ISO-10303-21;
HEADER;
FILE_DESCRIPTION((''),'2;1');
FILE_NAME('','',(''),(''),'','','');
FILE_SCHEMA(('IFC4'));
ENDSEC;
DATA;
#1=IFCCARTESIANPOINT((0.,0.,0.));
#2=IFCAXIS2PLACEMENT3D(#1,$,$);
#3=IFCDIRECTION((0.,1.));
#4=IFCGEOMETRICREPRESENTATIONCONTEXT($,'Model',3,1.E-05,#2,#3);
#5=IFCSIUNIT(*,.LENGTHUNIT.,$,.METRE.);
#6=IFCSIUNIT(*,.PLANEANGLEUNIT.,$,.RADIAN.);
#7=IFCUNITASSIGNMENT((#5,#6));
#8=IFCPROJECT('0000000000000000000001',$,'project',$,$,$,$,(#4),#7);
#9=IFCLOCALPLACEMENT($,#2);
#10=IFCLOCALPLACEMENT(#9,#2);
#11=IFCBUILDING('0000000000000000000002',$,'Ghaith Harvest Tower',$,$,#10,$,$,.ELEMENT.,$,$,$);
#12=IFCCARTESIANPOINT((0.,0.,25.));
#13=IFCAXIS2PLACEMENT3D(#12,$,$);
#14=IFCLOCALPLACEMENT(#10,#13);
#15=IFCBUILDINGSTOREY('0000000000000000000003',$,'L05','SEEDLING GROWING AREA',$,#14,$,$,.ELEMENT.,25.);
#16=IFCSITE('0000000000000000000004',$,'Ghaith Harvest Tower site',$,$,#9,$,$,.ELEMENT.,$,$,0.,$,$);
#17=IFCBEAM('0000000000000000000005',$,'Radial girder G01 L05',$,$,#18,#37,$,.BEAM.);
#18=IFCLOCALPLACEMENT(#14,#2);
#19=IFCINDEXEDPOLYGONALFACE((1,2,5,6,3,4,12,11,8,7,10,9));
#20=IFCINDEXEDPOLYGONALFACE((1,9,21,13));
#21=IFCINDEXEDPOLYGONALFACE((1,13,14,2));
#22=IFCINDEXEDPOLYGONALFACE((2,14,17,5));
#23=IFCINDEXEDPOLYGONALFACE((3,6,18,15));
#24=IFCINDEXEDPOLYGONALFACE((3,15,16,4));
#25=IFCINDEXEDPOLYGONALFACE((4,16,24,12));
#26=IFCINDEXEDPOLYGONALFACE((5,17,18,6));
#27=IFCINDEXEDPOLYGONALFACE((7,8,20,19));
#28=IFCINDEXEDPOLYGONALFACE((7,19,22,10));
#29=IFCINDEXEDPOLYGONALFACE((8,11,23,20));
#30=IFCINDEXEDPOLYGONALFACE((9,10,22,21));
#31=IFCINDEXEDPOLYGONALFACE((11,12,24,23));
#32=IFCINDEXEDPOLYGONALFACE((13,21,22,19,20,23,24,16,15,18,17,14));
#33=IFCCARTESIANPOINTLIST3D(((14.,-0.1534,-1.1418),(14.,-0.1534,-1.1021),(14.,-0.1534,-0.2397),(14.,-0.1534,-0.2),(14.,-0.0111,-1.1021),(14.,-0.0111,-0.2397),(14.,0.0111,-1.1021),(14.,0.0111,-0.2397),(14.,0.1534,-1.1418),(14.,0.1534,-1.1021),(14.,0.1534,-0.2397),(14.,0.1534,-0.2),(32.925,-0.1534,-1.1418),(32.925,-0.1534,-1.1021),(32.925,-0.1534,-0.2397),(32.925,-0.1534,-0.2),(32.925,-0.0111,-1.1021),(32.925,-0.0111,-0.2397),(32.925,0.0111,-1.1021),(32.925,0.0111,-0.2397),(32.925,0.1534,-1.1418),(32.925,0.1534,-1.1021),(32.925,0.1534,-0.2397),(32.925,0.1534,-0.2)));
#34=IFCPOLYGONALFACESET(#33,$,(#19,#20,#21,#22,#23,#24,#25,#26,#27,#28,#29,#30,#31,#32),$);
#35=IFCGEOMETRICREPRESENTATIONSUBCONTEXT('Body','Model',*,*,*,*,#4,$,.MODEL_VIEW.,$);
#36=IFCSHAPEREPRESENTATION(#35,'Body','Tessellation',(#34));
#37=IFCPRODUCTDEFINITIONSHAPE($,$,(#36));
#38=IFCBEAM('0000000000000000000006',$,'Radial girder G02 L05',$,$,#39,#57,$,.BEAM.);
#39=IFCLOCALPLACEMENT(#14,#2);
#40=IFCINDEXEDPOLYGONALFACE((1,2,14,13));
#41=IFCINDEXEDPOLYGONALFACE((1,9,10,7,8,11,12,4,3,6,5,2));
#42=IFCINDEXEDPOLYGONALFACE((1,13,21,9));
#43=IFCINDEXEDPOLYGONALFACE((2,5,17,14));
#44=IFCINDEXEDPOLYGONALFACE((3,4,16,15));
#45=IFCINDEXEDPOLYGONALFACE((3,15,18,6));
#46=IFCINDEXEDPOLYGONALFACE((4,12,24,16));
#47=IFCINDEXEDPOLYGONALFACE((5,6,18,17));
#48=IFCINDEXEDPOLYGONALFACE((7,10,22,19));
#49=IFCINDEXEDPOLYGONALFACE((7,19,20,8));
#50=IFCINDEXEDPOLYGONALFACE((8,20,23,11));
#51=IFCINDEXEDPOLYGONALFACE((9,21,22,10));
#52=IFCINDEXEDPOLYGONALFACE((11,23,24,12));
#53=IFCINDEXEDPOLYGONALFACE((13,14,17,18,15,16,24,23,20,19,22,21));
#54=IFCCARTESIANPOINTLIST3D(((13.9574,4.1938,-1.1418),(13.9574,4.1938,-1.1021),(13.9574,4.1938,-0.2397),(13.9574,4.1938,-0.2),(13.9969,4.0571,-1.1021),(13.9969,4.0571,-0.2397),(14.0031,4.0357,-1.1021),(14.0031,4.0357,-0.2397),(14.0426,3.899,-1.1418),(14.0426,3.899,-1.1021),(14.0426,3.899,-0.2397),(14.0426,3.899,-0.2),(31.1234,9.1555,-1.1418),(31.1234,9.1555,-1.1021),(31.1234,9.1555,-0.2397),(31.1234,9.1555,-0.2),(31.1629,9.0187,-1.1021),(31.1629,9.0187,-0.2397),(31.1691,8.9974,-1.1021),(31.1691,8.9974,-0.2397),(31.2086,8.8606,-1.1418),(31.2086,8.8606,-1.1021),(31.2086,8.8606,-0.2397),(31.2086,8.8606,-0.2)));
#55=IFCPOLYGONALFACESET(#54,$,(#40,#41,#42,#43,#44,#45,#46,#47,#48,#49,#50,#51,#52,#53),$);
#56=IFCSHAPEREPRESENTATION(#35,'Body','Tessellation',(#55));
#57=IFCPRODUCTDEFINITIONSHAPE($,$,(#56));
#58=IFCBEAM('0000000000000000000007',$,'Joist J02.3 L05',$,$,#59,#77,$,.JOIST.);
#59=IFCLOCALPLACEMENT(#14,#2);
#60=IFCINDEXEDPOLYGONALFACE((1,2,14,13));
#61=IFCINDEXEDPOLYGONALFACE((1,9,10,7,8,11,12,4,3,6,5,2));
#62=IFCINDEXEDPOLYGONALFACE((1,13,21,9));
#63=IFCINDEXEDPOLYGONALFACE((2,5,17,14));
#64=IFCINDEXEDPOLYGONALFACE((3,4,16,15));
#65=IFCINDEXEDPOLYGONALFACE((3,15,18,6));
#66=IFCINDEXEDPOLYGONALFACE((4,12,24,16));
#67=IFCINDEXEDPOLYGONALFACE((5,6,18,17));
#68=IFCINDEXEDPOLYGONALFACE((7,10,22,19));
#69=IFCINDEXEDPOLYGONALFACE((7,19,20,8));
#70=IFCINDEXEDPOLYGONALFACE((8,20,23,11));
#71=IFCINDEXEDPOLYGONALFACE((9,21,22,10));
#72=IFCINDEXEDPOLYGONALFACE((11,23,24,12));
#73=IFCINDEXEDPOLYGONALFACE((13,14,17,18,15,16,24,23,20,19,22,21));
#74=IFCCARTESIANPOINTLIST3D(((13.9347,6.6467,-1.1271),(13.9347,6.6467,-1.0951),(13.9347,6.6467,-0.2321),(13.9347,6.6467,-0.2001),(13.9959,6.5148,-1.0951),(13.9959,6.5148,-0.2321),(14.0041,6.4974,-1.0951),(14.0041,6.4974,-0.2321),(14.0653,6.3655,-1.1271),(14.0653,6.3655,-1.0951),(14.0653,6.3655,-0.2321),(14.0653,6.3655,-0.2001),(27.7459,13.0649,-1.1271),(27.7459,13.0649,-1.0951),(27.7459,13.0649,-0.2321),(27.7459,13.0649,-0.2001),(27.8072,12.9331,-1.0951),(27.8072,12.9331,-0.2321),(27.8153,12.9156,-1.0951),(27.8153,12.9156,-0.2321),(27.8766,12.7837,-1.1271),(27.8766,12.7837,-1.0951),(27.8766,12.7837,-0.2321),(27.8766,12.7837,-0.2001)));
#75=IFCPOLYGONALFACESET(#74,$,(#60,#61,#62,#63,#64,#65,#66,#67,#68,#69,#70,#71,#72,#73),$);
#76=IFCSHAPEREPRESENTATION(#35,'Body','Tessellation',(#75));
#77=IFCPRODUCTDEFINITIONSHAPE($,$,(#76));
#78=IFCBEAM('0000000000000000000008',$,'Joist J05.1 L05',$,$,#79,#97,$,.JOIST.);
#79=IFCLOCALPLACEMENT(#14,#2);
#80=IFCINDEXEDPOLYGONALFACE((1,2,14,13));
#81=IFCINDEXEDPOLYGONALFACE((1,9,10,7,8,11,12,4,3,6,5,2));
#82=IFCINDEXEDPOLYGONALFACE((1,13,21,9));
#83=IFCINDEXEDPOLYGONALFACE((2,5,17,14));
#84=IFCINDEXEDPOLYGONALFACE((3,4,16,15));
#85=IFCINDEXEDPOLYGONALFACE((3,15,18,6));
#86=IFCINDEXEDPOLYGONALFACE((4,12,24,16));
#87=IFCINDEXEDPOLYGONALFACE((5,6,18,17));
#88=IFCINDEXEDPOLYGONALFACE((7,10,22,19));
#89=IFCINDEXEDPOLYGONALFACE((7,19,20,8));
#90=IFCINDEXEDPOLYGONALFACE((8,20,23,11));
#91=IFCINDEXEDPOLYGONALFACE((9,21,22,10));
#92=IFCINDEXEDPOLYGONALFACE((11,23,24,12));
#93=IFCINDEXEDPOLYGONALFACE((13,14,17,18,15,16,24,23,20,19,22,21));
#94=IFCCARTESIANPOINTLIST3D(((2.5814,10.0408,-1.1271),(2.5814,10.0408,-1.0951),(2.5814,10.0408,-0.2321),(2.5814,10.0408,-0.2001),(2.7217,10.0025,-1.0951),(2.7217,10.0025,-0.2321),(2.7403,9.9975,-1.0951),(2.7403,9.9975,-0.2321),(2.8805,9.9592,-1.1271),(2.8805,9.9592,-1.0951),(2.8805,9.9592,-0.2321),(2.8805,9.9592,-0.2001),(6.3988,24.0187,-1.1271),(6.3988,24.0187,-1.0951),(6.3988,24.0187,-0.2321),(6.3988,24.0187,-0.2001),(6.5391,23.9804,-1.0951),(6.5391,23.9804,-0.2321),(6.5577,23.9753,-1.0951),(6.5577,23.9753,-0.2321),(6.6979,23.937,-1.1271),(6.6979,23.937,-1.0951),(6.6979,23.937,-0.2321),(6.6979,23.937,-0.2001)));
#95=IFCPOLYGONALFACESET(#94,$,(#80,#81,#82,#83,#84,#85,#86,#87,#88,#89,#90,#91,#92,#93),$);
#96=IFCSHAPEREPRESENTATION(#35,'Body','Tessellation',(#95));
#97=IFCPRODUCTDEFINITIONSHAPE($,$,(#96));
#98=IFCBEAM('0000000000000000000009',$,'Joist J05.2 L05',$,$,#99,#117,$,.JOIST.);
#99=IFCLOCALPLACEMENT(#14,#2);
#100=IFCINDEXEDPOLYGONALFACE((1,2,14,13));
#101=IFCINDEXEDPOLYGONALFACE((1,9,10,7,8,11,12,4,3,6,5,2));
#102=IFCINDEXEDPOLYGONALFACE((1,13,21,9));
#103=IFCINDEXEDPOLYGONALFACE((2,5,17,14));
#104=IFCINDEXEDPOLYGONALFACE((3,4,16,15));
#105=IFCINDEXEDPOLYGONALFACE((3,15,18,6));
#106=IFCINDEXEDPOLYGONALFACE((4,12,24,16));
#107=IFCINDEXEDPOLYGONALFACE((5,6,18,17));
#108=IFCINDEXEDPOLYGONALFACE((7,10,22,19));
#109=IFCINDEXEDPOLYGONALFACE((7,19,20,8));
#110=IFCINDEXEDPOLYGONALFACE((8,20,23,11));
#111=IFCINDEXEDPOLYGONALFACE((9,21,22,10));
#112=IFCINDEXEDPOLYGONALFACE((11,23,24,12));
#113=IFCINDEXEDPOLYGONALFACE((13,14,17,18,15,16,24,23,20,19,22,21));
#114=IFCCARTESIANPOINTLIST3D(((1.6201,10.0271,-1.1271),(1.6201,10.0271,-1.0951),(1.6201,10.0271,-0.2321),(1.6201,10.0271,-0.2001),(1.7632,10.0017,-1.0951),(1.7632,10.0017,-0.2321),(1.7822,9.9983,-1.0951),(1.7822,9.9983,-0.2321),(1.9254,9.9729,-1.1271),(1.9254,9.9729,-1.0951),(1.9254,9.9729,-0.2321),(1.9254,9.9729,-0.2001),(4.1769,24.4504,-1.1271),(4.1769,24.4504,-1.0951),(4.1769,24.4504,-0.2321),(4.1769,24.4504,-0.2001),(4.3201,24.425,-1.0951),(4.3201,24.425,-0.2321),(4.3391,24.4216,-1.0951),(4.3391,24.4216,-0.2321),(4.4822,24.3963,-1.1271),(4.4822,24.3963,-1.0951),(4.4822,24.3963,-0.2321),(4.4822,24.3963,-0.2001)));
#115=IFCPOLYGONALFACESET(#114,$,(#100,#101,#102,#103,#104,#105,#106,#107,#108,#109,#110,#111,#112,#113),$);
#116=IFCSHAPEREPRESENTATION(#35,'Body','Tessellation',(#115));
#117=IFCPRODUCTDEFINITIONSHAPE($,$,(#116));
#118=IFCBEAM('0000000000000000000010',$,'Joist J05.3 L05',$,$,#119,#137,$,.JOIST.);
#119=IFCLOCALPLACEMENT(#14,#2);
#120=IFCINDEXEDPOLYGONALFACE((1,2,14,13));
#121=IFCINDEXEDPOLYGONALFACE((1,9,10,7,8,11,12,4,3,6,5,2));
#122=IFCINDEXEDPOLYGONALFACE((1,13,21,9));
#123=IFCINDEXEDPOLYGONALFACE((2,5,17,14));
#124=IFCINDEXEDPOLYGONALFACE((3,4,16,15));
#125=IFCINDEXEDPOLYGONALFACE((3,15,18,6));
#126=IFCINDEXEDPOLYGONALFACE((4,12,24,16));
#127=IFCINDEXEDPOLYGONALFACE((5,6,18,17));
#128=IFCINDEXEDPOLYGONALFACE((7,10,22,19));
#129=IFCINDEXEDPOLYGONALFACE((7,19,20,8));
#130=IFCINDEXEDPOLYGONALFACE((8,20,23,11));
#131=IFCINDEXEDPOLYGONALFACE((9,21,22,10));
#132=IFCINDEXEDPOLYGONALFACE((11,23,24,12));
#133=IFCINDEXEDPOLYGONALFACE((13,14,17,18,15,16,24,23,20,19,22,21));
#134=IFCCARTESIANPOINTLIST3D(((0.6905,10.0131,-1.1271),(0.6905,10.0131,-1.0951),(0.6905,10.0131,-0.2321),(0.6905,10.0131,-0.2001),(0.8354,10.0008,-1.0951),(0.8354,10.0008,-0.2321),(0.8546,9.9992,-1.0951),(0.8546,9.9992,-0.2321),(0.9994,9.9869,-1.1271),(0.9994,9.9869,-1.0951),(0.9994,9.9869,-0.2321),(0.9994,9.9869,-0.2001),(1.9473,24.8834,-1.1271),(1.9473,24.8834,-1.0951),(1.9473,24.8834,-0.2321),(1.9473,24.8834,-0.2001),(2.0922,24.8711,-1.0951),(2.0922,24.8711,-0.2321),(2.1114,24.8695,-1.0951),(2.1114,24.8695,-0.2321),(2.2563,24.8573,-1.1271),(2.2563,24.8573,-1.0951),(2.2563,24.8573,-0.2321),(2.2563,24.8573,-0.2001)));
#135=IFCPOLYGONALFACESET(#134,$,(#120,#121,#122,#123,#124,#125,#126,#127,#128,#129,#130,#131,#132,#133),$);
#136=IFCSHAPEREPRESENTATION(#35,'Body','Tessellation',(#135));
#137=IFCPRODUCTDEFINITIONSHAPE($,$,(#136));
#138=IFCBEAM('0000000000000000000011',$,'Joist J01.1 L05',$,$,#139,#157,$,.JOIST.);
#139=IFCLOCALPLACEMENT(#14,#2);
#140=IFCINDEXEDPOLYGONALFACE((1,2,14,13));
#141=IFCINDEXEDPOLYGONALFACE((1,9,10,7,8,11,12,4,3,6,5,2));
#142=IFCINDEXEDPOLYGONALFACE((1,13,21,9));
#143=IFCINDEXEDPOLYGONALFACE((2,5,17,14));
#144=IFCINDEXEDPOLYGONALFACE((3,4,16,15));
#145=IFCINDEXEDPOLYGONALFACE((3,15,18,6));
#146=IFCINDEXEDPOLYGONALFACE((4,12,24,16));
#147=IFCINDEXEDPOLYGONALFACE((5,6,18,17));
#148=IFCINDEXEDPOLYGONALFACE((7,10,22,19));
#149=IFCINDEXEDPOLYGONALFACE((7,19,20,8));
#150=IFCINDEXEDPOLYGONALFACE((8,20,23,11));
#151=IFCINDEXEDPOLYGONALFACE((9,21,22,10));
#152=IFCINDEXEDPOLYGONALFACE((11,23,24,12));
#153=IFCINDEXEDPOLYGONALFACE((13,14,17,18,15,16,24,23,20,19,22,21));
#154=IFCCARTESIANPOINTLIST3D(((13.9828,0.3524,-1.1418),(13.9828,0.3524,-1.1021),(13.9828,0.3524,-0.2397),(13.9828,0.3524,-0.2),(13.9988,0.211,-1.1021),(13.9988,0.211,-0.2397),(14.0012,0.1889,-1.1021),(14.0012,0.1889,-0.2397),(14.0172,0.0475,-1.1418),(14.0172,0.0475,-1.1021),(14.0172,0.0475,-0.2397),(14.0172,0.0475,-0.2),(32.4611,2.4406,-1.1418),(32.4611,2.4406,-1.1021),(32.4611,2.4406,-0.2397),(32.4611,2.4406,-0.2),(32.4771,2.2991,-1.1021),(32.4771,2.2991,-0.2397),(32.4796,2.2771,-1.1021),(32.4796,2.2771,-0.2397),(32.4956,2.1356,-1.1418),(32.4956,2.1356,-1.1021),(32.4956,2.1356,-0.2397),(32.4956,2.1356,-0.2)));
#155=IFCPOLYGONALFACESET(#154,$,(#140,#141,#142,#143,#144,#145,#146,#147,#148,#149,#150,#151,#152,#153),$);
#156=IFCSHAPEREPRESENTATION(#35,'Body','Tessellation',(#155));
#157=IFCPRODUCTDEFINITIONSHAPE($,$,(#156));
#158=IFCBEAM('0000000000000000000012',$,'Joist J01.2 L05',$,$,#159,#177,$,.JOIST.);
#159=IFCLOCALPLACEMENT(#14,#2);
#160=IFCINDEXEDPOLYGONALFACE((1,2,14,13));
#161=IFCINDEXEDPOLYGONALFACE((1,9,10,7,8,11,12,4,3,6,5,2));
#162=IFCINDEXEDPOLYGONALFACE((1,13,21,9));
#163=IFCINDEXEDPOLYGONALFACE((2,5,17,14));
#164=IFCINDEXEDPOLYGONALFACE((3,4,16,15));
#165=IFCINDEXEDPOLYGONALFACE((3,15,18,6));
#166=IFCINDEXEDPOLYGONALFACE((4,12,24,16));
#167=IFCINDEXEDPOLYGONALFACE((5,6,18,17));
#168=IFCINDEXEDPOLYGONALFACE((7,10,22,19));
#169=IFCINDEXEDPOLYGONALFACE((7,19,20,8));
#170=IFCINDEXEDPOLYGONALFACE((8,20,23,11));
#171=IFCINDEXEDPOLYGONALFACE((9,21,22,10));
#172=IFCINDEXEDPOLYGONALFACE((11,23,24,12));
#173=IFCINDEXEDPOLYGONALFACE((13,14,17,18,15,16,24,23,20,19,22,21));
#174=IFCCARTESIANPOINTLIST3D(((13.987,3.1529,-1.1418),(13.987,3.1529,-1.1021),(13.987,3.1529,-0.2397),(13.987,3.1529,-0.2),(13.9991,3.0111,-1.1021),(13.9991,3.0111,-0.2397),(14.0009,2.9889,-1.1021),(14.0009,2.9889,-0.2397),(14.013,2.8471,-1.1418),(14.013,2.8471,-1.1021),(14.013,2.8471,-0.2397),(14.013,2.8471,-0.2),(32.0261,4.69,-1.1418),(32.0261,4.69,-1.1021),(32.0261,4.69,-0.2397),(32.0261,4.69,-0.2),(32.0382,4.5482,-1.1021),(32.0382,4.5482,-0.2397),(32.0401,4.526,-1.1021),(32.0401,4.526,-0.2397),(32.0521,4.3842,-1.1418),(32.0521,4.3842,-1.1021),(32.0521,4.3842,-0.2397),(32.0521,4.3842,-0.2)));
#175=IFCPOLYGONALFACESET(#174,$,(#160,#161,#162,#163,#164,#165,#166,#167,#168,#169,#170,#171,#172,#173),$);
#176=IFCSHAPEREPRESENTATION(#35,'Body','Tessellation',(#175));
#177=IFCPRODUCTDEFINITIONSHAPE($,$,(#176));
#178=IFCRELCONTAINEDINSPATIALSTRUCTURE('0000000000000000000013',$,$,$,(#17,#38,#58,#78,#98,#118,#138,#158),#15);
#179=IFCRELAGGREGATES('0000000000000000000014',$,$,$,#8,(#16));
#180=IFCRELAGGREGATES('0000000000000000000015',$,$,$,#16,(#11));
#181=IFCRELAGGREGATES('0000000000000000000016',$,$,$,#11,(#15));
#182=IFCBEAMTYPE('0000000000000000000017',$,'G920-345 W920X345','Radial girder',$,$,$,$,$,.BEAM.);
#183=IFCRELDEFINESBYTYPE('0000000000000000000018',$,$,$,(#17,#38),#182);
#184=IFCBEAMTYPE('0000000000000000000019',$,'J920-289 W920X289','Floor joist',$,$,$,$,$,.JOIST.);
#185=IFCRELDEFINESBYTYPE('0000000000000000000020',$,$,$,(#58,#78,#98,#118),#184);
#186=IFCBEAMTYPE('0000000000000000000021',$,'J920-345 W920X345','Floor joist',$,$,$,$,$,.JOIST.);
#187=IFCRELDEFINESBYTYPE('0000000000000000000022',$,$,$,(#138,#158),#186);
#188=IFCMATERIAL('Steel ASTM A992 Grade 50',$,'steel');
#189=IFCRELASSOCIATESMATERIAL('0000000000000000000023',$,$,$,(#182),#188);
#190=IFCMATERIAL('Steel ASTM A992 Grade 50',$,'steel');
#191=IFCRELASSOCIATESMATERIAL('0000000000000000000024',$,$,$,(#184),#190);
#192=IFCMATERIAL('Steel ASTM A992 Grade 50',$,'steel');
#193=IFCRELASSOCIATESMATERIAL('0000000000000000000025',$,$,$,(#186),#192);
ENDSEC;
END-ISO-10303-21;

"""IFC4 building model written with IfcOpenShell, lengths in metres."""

from ifc_helpers import new_model, si_unit, direction, frame, origin, origin_2d, place, context, subcontext, project, spatial, i_section, extrude, material, material_profile, profile_set, type_object, element, save


model = new_model("IFC4")

# Units and contexts
model_context = context("Model", 3, precision=1e-05, world=origin(), true_north=direction((0.0, 1.0)))
body_context = subcontext(model_context, "Body", "Model", "MODEL_VIEW")
ifc_project = project(units=[si_unit("LENGTHUNIT", "METRE"), si_unit("PLANEANGLEUNIT", "RADIAN")], contexts=[model_context])

# Site, building, storey
site_placement = place(None, origin())
site = spatial("IfcSite", under=ifc_project, at=site_placement, Name="Ghaith Harvest Tower site", CompositionType="ELEMENT", RefElevation=0.0)
building_placement = place(site_placement, origin())
building = spatial("IfcBuilding", under=site, at=building_placement, Name="Ghaith Harvest Tower", CompositionType="ELEMENT")
storey_placement = place(building_placement, frame((0.0, 0.0, 25.0)))
storey = spatial("IfcBuildingStorey", under=building, at=storey_placement, Name="L05", Description="SEEDLING GROWING AREA", CompositionType="ELEMENT", Elevation=25.0)

# Beams
ifc_material_1 = material(Name="Steel ASTM A992 Grade 50", Category="steel")
ifc_material_profile_1 = material_profile(ifc_material_1, i_section(OverallWidth=0.3069, OverallDepth=0.9419, WebThickness=0.0222, FlangeThickness=0.0398, at=origin_2d()), Name="W920X345")
ifc_profile_set_1 = profile_set([ifc_material_profile_1], Name="Steel ASTM A992 Grade 50")
beam_type_1 = type_object("IfcBeamType", Name="G920-345 W920X345", Description="Radial girder", PredefinedType="BEAM", material=ifc_profile_set_1)
beam_1_placement = place(storey_placement, frame((14.0, 0.0, -0.6709), z_axis=(1.0, 0.0, 0.0), x_axis=(0.0, 1.0, 0.0)))
element("IfcBeam", 1, at=beam_1_placement, inside=storey, type_object=beam_type_1, Name="Radial girder G01 L05", PredefinedType="BEAM", context=body_context, shape_type="SweptSolid", body=[
    extrude(i_section(OverallWidth=0.3069, OverallDepth=0.9419, WebThickness=0.0222, FlangeThickness=0.0398, at=origin_2d()), origin(), (0.0, 0.0, 1.0), 18.925),
])
beam_2_placement = place(storey_placement, frame((14.0, 4.0464, -0.6709), z_axis=(0.960675, 0.277674, 0.0), x_axis=(-0.277674, 0.960675, 0.0)))
element("IfcBeam", 2, at=beam_2_placement, inside=storey, type_object=beam_type_1, Name="Radial girder G02 L05", PredefinedType="BEAM", context=body_context, shape_type="SweptSolid", body=[
    extrude(i_section(OverallWidth=0.3069, OverallDepth=0.9419, WebThickness=0.0222, FlangeThickness=0.0398, at=origin_2d()), origin(), (0.0, 0.0, 1.0), 17.8687),
])
ifc_material_2 = material(Name="Steel ASTM A992 Grade 50", Category="steel")
ifc_material_profile_2 = material_profile(ifc_material_2, i_section(OverallWidth=0.3101, OverallDepth=0.927, WebThickness=0.0193, FlangeThickness=0.032, at=origin_2d()), Name="W920X289")
ifc_profile_set_2 = profile_set([ifc_material_profile_2], Name="Steel ASTM A992 Grade 50")
beam_type_2 = type_object("IfcBeamType", Name="J920-289 W920X289", Description="Floor joist", PredefinedType="JOIST", material=ifc_profile_set_2)
beam_3_placement = place(storey_placement, frame((14.0, 6.5061, -0.6636), z_axis=(0.906863, 0.421426, 0.0), x_axis=(-0.421426, 0.906863, 0.0)))
element("IfcBeam", 3, at=beam_3_placement, inside=storey, type_object=beam_type_2, Name="Joist J02.3 L05", PredefinedType="JOIST", context=body_context, shape_type="SweptSolid", body=[
    extrude(i_section(OverallWidth=0.3101, OverallDepth=0.927, WebThickness=0.0193, FlangeThickness=0.032, at=origin_2d()), origin(), (0.0, 0.0, 1.0), 15.2297),
])
beam_4_placement = place(storey_placement, frame((2.731, 10.0, -0.6636), z_axis=(0.263455, 0.964672, 0.0), x_axis=(-0.964672, 0.263455, 0.0)))
element("IfcBeam", 4, at=beam_4_placement, inside=storey, type_object=beam_type_2, Name="Joist J05.1 L05", PredefinedType="JOIST", context=body_context, shape_type="SweptSolid", body=[
    extrude(i_section(OverallWidth=0.3101, OverallDepth=0.927, WebThickness=0.0193, FlangeThickness=0.032, at=origin_2d()), origin(), (0.0, 0.0, 1.0), 14.4897),
])
beam_5_placement = place(storey_placement, frame((1.7727, 10.0, -0.6636), z_axis=(0.174553, 0.984648, 0.0), x_axis=(-0.984648, 0.174553, 0.0)))
element("IfcBeam", 5, at=beam_5_placement, inside=storey, type_object=beam_type_2, Name="Joist J05.2 L05", PredefinedType="JOIST", context=body_context, shape_type="SweptSolid", body=[
    extrude(i_section(OverallWidth=0.3101, OverallDepth=0.927, WebThickness=0.0193, FlangeThickness=0.032, at=origin_2d()), origin(), (0.0, 0.0, 1.0), 14.6482),
])
beam_6_placement = place(storey_placement, frame((0.845, 10.0, -0.6636), z_axis=(0.084219, 0.996447, 0.0), x_axis=(-0.996447, 0.084219, 0.0)))
element("IfcBeam", 6, at=beam_6_placement, inside=storey, type_object=beam_type_2, Name="Joist J05.3 L05", PredefinedType="JOIST", context=body_context, shape_type="SweptSolid", body=[
    extrude(i_section(OverallWidth=0.3101, OverallDepth=0.927, WebThickness=0.0193, FlangeThickness=0.032, at=origin_2d()), origin(), (0.0, 0.0, 1.0), 14.9233),
])
ifc_material_3 = material(Name="Steel ASTM A992 Grade 50", Category="steel")
ifc_material_profile_3 = material_profile(ifc_material_3, i_section(OverallWidth=0.3069, OverallDepth=0.9419, WebThickness=0.0222, FlangeThickness=0.0398, at=origin_2d()), Name="W920X345")
ifc_profile_set_3 = profile_set([ifc_material_profile_3], Name="Steel ASTM A992 Grade 50")
beam_type_3 = type_object("IfcBeamType", Name="J920-345 W920X345", Description="Floor joist", PredefinedType="JOIST", material=ifc_profile_set_3)
beam_7_placement = place(storey_placement, frame((14.0, 0.2, -0.6709), z_axis=(0.993675, 0.11229, 0.0), x_axis=(-0.11229, 0.993675, 0.0)))
element("IfcBeam", 7, at=beam_7_placement, inside=storey, type_object=beam_type_3, Name="Joist J01.1 L05", PredefinedType="JOIST", context=body_context, shape_type="SweptSolid", body=[
    extrude(i_section(OverallWidth=0.3069, OverallDepth=0.9419, WebThickness=0.0222, FlangeThickness=0.0398, at=origin_2d()), origin(), (0.0, 0.0, 1.0), 18.5959),
])
beam_8_placement = place(storey_placement, frame((14.0, 3.0, -0.6709), z_axis=(0.996389, 0.084902, 0.0), x_axis=(-0.084902, 0.996389, 0.0)))
element("IfcBeam", 8, at=beam_8_placement, inside=storey, type_object=beam_type_3, Name="Joist J01.2 L05", PredefinedType="JOIST", context=body_context, shape_type="SweptSolid", body=[
    extrude(i_section(OverallWidth=0.3069, OverallDepth=0.9419, WebThickness=0.0222, FlangeThickness=0.0398, at=origin_2d()), origin(), (0.0, 0.0, 1.0), 18.1045),
])

save(model, "model.ifc")
